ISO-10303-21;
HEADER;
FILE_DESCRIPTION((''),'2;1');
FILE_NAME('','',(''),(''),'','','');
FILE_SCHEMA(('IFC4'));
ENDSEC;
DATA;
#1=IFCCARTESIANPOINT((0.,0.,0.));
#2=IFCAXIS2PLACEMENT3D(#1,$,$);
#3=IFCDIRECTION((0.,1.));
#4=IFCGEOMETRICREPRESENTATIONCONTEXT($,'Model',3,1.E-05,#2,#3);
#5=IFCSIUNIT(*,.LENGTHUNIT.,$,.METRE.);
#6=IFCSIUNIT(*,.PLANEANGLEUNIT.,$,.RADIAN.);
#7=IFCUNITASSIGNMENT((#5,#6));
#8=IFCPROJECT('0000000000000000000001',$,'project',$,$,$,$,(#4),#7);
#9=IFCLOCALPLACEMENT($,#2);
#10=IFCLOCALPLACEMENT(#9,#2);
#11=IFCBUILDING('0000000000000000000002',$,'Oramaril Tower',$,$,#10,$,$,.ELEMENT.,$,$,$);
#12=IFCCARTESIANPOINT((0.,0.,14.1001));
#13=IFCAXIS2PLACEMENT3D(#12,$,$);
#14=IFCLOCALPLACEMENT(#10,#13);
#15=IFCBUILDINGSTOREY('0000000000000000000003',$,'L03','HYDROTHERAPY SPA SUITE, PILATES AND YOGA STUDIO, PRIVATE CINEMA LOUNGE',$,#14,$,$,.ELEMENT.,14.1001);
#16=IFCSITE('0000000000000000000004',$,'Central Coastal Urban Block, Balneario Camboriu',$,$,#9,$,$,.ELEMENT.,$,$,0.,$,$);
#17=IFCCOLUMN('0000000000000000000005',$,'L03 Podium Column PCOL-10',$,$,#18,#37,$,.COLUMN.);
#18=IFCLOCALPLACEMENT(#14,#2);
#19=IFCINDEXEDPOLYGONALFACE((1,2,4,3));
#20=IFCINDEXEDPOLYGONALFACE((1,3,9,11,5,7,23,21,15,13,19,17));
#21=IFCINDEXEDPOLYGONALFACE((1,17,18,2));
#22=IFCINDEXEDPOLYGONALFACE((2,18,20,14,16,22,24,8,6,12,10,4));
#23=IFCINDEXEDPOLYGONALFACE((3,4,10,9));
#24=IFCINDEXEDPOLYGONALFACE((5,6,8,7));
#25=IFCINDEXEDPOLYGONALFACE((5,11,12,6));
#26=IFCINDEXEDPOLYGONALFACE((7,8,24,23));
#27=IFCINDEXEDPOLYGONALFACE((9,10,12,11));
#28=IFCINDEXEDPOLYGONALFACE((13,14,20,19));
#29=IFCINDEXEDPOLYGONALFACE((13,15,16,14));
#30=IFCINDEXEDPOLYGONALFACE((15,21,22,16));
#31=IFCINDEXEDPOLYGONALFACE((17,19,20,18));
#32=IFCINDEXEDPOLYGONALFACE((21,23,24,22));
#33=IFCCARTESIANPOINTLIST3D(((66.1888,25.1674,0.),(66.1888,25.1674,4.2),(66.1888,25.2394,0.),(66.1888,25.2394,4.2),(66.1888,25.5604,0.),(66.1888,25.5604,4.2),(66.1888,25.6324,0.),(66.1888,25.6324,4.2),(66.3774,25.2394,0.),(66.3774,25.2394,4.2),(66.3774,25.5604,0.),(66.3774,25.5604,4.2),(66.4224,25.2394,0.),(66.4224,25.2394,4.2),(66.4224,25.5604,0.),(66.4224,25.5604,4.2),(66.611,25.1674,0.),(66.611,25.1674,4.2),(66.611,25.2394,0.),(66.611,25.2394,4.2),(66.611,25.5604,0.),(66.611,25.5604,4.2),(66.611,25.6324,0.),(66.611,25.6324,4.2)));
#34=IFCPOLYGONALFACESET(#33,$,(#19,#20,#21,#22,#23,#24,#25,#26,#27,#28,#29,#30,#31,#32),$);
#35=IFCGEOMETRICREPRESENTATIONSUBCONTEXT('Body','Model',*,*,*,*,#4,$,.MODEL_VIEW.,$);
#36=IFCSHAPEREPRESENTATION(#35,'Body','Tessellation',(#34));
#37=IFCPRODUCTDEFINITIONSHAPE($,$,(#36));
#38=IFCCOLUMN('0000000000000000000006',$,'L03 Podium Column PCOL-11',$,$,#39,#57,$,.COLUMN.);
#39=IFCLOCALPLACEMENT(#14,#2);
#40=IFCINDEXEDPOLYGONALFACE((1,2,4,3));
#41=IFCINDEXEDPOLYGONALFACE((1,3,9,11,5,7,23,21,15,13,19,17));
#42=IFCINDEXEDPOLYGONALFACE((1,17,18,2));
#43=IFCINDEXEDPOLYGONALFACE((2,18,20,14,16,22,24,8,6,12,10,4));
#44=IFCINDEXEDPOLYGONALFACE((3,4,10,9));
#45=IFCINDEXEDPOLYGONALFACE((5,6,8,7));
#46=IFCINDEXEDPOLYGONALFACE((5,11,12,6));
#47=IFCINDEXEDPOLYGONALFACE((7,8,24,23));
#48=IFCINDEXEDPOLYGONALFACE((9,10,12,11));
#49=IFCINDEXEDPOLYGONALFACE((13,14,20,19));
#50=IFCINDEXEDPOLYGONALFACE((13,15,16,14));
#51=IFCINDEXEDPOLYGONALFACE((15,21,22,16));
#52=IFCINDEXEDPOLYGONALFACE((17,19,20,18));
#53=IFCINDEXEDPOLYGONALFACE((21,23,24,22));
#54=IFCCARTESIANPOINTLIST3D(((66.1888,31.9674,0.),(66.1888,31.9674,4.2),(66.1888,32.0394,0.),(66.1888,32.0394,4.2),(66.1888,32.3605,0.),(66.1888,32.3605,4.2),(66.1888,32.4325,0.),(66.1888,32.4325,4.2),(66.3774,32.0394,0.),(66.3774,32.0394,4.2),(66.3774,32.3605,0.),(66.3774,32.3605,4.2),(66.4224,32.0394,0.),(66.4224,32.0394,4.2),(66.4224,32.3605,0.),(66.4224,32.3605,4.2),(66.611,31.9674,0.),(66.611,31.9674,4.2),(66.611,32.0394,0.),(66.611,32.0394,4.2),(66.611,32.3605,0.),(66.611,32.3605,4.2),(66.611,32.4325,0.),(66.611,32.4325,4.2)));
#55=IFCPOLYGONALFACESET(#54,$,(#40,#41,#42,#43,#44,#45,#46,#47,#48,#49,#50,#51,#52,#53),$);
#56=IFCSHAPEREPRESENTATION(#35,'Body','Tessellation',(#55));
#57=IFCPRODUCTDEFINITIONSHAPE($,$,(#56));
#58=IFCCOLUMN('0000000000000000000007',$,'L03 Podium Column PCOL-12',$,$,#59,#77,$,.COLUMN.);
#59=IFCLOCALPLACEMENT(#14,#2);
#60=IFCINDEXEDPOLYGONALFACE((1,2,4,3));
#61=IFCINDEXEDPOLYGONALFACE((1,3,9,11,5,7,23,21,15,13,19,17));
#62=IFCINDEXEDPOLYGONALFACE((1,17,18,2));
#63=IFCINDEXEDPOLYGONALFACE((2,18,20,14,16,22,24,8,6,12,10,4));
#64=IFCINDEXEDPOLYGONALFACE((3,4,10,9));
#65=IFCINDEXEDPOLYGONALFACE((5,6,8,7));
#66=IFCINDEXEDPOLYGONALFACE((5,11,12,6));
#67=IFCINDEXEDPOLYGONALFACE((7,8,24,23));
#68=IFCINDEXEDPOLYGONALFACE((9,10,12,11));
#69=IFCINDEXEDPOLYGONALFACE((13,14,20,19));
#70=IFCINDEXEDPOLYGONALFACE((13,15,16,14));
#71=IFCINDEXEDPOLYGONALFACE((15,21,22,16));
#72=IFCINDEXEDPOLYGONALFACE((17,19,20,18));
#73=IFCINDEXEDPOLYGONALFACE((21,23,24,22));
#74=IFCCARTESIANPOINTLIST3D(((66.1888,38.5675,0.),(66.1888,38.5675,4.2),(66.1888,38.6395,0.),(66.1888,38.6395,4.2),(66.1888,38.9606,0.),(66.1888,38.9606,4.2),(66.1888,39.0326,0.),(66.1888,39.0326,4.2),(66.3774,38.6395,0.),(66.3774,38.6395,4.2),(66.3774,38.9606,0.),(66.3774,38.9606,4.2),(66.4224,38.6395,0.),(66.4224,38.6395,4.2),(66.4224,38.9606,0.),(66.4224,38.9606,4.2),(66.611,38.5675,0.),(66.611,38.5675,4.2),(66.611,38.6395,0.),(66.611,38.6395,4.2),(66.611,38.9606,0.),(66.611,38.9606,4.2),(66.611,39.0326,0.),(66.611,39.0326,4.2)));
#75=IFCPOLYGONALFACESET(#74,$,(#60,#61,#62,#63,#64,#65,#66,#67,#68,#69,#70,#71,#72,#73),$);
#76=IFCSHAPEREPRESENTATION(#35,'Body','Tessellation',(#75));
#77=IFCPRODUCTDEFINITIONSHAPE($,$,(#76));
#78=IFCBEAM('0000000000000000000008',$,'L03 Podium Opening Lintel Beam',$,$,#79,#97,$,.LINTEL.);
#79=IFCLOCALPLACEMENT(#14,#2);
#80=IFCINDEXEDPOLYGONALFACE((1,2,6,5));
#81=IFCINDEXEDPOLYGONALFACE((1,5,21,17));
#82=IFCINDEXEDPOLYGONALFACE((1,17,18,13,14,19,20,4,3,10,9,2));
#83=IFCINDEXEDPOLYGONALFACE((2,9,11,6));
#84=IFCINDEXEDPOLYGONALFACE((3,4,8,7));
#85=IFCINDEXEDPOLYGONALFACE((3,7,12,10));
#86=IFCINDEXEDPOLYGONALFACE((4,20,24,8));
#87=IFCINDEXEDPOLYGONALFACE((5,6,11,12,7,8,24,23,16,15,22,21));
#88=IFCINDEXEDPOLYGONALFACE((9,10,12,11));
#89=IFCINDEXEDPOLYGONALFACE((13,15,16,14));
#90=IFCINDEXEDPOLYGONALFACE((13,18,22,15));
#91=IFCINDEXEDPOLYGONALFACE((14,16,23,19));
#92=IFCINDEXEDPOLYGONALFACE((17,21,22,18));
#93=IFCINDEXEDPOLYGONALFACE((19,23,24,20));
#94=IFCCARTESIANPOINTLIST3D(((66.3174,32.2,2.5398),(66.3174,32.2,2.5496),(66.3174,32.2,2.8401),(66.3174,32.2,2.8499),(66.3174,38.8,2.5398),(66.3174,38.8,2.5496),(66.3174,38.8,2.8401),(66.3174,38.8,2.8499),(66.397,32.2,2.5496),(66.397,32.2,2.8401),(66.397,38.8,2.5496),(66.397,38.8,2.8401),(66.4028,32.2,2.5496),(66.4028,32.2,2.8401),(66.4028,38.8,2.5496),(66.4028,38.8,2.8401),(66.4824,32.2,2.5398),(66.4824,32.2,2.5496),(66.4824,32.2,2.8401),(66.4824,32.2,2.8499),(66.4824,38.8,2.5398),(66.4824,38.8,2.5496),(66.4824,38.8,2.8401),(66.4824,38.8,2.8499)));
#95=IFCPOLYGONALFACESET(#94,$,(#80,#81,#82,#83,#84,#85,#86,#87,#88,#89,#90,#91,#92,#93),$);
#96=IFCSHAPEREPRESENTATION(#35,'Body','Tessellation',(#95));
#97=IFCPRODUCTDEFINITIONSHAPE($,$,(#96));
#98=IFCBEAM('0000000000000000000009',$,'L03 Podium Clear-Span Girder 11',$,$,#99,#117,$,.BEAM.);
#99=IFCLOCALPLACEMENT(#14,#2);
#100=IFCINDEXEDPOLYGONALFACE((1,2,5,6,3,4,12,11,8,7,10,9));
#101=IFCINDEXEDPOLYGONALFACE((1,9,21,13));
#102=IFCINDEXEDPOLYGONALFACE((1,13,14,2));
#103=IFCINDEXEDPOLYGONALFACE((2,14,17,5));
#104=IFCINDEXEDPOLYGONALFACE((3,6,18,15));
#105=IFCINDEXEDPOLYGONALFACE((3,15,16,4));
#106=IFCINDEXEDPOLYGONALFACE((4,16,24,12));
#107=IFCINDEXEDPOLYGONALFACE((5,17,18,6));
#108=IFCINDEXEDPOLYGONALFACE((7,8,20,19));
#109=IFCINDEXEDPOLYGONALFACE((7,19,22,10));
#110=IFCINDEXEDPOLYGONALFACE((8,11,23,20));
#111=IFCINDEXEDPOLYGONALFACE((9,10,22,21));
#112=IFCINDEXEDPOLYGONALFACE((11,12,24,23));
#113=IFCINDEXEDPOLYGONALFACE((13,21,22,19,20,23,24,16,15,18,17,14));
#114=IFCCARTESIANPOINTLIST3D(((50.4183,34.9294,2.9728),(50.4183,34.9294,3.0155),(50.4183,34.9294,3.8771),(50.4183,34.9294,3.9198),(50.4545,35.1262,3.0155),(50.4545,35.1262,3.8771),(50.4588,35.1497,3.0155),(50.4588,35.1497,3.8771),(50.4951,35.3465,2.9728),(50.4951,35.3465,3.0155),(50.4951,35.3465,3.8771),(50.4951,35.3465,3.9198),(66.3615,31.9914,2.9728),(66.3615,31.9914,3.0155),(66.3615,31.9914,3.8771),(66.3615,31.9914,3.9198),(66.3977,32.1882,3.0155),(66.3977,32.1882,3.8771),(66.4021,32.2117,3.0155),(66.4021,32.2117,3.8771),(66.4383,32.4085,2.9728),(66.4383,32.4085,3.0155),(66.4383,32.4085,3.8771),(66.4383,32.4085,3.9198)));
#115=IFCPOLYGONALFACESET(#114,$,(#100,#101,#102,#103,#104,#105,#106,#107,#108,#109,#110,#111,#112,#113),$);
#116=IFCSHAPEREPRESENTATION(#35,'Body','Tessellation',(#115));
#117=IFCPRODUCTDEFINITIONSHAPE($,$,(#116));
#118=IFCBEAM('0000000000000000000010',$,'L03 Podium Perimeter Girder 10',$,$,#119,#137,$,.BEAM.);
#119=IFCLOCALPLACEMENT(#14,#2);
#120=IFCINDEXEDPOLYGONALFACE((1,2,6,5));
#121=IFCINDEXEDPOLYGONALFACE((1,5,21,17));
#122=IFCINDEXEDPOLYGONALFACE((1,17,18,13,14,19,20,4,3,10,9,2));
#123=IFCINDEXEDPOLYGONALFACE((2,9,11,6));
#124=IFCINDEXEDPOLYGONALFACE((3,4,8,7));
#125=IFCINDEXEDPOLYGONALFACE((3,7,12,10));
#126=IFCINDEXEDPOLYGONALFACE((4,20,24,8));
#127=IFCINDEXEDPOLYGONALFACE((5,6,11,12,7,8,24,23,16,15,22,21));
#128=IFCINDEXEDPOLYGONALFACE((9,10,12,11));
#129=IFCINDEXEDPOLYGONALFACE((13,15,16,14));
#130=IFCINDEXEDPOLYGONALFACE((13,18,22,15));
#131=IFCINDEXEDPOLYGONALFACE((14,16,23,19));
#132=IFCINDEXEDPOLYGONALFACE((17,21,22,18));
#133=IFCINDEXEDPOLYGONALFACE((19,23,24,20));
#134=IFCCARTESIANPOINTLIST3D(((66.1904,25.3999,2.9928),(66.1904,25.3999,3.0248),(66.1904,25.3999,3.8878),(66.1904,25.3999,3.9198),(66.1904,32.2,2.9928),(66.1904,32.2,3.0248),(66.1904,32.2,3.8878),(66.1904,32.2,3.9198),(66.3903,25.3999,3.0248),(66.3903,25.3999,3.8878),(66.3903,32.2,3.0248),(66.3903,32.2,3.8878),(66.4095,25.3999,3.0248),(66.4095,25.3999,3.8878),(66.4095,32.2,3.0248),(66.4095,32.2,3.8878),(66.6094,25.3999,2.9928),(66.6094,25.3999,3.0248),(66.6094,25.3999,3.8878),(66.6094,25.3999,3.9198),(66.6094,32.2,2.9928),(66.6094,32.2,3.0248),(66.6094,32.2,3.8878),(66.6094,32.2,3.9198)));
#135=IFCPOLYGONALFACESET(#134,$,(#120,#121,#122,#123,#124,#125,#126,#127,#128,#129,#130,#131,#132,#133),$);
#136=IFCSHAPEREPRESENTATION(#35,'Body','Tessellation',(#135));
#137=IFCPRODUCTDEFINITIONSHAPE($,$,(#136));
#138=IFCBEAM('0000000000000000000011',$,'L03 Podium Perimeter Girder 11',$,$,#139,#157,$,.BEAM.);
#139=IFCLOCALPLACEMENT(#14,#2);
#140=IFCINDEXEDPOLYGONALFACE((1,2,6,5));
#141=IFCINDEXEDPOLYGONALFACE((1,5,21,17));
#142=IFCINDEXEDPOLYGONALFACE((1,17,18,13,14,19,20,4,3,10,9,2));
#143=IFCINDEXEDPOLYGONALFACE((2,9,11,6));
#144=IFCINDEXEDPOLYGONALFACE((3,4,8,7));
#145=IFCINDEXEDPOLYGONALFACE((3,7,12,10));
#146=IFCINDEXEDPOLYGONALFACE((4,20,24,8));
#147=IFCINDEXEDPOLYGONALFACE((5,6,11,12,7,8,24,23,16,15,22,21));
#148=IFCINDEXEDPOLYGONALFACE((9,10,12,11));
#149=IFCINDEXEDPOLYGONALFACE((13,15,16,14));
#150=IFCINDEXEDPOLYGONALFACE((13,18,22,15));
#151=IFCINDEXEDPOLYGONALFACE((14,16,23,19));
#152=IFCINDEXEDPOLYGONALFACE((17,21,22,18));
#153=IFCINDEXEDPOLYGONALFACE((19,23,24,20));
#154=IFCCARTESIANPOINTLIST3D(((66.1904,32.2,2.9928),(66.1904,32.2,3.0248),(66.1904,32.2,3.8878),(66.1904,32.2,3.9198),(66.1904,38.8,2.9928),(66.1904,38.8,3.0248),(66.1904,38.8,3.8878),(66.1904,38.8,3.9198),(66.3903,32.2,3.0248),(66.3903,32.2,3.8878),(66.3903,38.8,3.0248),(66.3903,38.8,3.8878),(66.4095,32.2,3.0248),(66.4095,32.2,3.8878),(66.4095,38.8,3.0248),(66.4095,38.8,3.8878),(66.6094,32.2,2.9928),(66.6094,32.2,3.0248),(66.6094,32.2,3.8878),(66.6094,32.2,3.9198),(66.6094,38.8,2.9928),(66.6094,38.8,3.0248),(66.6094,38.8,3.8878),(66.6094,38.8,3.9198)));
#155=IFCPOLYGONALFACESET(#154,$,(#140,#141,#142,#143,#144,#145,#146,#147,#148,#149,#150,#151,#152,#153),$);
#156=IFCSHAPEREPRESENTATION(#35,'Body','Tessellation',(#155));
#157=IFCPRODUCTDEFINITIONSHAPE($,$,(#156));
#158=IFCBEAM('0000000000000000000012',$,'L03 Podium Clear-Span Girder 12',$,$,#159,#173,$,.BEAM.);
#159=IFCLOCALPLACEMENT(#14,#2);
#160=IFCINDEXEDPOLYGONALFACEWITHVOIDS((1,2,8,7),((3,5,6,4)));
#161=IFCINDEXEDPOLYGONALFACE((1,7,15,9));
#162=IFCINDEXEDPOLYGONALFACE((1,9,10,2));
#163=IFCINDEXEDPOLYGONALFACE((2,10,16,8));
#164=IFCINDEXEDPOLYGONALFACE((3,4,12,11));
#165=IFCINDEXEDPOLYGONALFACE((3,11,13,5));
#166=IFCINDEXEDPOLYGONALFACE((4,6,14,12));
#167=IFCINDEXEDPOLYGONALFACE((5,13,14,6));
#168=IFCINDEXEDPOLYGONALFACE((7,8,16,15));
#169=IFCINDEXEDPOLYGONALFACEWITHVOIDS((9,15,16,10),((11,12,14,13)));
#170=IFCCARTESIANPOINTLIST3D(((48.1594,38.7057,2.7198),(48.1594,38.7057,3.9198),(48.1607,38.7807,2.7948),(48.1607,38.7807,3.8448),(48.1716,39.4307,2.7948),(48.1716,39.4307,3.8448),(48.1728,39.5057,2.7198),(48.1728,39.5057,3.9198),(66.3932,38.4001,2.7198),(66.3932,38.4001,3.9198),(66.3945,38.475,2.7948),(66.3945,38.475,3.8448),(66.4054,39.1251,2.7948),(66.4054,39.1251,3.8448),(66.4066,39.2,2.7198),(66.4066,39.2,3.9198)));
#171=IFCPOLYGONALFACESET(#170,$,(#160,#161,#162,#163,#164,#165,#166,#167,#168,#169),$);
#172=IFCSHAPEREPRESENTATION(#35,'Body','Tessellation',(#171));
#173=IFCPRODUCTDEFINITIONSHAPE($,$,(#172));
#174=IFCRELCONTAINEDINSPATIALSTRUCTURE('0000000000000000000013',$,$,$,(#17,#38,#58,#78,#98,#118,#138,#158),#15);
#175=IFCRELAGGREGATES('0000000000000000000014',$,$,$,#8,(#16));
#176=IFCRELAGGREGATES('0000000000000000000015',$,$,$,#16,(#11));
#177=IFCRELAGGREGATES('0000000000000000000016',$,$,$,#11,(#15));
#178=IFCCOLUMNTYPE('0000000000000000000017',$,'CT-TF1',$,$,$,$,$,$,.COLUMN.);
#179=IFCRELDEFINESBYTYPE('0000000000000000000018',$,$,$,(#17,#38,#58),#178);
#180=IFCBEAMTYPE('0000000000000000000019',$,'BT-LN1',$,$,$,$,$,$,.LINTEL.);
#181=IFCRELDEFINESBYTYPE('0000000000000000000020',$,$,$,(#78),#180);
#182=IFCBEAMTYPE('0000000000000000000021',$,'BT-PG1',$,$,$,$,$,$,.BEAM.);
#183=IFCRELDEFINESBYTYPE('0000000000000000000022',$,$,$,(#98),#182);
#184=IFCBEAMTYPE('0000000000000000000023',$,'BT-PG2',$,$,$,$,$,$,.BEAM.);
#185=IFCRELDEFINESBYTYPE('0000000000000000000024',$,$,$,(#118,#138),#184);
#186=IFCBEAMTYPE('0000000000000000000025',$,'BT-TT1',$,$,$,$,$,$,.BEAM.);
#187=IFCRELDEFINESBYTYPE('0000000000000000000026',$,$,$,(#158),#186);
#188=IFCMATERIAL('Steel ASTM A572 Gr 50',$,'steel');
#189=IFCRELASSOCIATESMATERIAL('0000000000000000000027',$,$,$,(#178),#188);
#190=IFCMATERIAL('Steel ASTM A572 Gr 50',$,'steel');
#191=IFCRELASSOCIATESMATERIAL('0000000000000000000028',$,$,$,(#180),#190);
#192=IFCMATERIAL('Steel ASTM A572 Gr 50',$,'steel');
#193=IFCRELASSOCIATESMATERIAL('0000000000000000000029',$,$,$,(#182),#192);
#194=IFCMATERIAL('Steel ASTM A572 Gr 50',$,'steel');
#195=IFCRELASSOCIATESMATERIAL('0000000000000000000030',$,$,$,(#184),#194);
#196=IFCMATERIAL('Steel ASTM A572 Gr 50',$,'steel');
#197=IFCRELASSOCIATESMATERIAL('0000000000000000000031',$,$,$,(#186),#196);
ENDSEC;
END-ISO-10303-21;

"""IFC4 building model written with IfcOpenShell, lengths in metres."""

from ifc_helpers import new_model, si_unit, direction, frame, origin, origin_2d, place, context, subcontext, project, spatial, hollow_rectangle, i_section, extrude, material, material_profile, profile_set, type_object, element, save


model = new_model("IFC4")

# Units and contexts
model_context = context("Model", 3, precision=1e-05, world=origin(), true_north=direction((0.0, 1.0)))
body_context = subcontext(model_context, "Body", "Model", "MODEL_VIEW")
ifc_project = project(units=[si_unit("LENGTHUNIT", "METRE"), si_unit("PLANEANGLEUNIT", "RADIAN")], contexts=[model_context])

# Site, building, storey
site_placement = place(None, origin())
site = spatial("IfcSite", under=ifc_project, at=site_placement, Name="Central Coastal Urban Block, Balneario Camboriu", CompositionType="ELEMENT", RefElevation=0.0)
building_placement = place(site_placement, origin())
building = spatial("IfcBuilding", under=site, at=building_placement, Name="Oramaril Tower", CompositionType="ELEMENT")
storey_placement = place(building_placement, frame((0.0, 0.0, 14.1001)))
storey = spatial("IfcBuildingStorey", under=building, at=storey_placement, Name="L03", Description="HYDROTHERAPY SPA SUITE, PILATES AND YOGA STUDIO, PRIVATE CINEMA LOUNGE", CompositionType="ELEMENT", Elevation=14.1001)

# Columns
ifc_material_1 = material(Name="Steel ASTM A572 Gr 50", Category="steel")
ifc_material_profile_1 = material_profile(ifc_material_1, i_section(OverallWidth=0.4221, OverallDepth=0.4651, WebThickness=0.0449, FlangeThickness=0.072, at=origin_2d()), Name="W14X398")
ifc_profile_set_1 = profile_set([ifc_material_profile_1], Name="Steel ASTM A572 Gr 50")
column_type = type_object("IfcColumnType", Name="CT-TF1", PredefinedType="COLUMN", material=ifc_profile_set_1)
for number, where, z_axis, x_axis, name in (
    (1, (66.3999, 25.3999, 0.0), (0.0, 0.0, 1.0), (1.0, 0.0, 0.0), "L03 Podium Column PCOL-10"),
    (2, (66.3999, 32.2, 0.0), (0.0, 0.0, 1.0), (1.0, 0.0, 0.0), "L03 Podium Column PCOL-11"),
    (3, (66.3999, 38.8, 0.0), (0.0, 0.0, 1.0), (1.0, 0.0, 0.0), "L03 Podium Column PCOL-12"),
):
    element("IfcColumn", number, at=place(storey_placement, frame(where, z_axis=z_axis, x_axis=x_axis)), inside=storey, type_object=column_type, Name=name, PredefinedType="COLUMN", context=body_context, shape_type="SweptSolid", body=[
        extrude(i_section(OverallWidth=0.4221, OverallDepth=0.4651, WebThickness=0.0449, FlangeThickness=0.072, at=origin_2d()), origin(), (0.0, 0.0, 1.0), 4.2),
    ])

# Beams
ifc_material_2 = material(Name="Steel ASTM A572 Gr 50", Category="steel")
ifc_material_profile_2 = material_profile(ifc_material_2, i_section(OverallWidth=0.165, OverallDepth=0.3101, WebThickness=0.0059, FlangeThickness=0.0098, at=origin_2d()), Name="W12X26")
ifc_profile_set_2 = profile_set([ifc_material_profile_2], Name="Steel ASTM A572 Gr 50")
beam_type_1 = type_object("IfcBeamType", Name="BT-LN1", PredefinedType="LINTEL", material=ifc_profile_set_2)
beam_1_placement = place(storey_placement, frame((66.3999, 32.2, 2.6948), z_axis=(0.0, 1.0, 0.0), x_axis=(-1.0, 0.0, 0.0)))
element("IfcBeam", 4, at=beam_1_placement, inside=storey, type_object=beam_type_1, Name="L03 Podium Opening Lintel Beam", PredefinedType="LINTEL", context=body_context, shape_type="SweptSolid", body=[
    extrude(i_section(OverallWidth=0.165, OverallDepth=0.3101, WebThickness=0.0059, FlangeThickness=0.0098, at=origin_2d()), origin(), (0.0, 0.0, 1.0), 6.6001),
])
ifc_material_3 = material(Name="Steel ASTM A572 Gr 50", Category="steel")
ifc_material_profile_3 = material_profile(ifc_material_3, i_section(OverallWidth=0.4241, OverallDepth=0.947, WebThickness=0.0239, FlangeThickness=0.0427, at=origin_2d()), Name="W36X302")
ifc_profile_set_3 = profile_set([ifc_material_profile_3], Name="Steel ASTM A572 Gr 50")
beam_type_2 = type_object("IfcBeamType", Name="BT-PG1", PredefinedType="BEAM", material=ifc_profile_set_3)
beam_2_placement = place(storey_placement, frame((66.3999, 32.2, 3.4463), z_axis=(-0.983441, 0.181228, 0.0), x_axis=(-0.181228, -0.983441, 0.0)))
element("IfcBeam", 5, at=beam_2_placement, inside=storey, type_object=beam_type_2, Name="L03 Podium Clear-Span Girder 11", PredefinedType="BEAM", context=body_context, shape_type="SweptSolid", body=[
    extrude(i_section(OverallWidth=0.4241, OverallDepth=0.947, WebThickness=0.0239, FlangeThickness=0.0427, at=origin_2d()), origin(), (0.0, 0.0, 1.0), 16.2117),
])
ifc_material_4 = material(Name="Steel ASTM A572 Gr 50", Category="steel")
ifc_material_profile_4 = material_profile(ifc_material_4, i_section(OverallWidth=0.4189, OverallDepth=0.927, WebThickness=0.0193, FlangeThickness=0.032, at=origin_2d()), Name="W36X231")
ifc_profile_set_4 = profile_set([ifc_material_profile_4], Name="Steel ASTM A572 Gr 50")
beam_type_3 = type_object("IfcBeamType", Name="BT-PG2", PredefinedType="BEAM", material=ifc_profile_set_4)
beam_3_placement = place(storey_placement, frame((66.3999, 25.3999, 3.4563), z_axis=(0.0, 1.0, 0.0), x_axis=(-1.0, 0.0, 0.0)))
element("IfcBeam", 6, at=beam_3_placement, inside=storey, type_object=beam_type_3, Name="L03 Podium Perimeter Girder 10", PredefinedType="BEAM", context=body_context, shape_type="SweptSolid", body=[
    extrude(i_section(OverallWidth=0.4189, OverallDepth=0.927, WebThickness=0.0193, FlangeThickness=0.032, at=origin_2d()), origin(), (0.0, 0.0, 1.0), 6.8),
])
beam_4_placement = place(storey_placement, frame((66.3999, 32.2, 3.4563), z_axis=(0.0, 1.0, 0.0), x_axis=(-1.0, 0.0, 0.0)))
element("IfcBeam", 7, at=beam_4_placement, inside=storey, type_object=beam_type_3, Name="L03 Podium Perimeter Girder 11", PredefinedType="BEAM", context=body_context, shape_type="SweptSolid", body=[
    extrude(i_section(OverallWidth=0.4189, OverallDepth=0.927, WebThickness=0.0193, FlangeThickness=0.032, at=origin_2d()), origin(), (0.0, 0.0, 1.0), 6.6001),
])
ifc_material_5 = material(Name="Steel ASTM A572 Gr 50", Category="steel")
ifc_material_profile_5 = material_profile(ifc_material_5, hollow_rectangle(XDim=0.8, YDim=1.2, WallThickness=0.075, at=origin_2d()), Name="BOX1200X800X75")
ifc_profile_set_5 = profile_set([ifc_material_profile_5], Name="Steel ASTM A572 Gr 50")
beam_type_4 = type_object("IfcBeamType", Name="BT-TT1", PredefinedType="BEAM", material=ifc_profile_set_5)
beam_5_placement = place(storey_placement, frame((66.3999, 38.8, 3.3198), z_axis=(-0.99986, 0.016761, 0.0), x_axis=(-0.016761, -0.99986, 0.0)))
element("IfcBeam", 8, at=beam_5_placement, inside=storey, type_object=beam_type_4, Name="L03 Podium Clear-Span Girder 12", PredefinedType="BEAM", context=body_context, shape_type="SweptSolid", body=[
    extrude(hollow_rectangle(XDim=0.8, YDim=1.2, WallThickness=0.075, at=origin_2d()), origin(), (0.0, 0.0, 1.0), 18.2363),
])

save(model, "model.ifc")
